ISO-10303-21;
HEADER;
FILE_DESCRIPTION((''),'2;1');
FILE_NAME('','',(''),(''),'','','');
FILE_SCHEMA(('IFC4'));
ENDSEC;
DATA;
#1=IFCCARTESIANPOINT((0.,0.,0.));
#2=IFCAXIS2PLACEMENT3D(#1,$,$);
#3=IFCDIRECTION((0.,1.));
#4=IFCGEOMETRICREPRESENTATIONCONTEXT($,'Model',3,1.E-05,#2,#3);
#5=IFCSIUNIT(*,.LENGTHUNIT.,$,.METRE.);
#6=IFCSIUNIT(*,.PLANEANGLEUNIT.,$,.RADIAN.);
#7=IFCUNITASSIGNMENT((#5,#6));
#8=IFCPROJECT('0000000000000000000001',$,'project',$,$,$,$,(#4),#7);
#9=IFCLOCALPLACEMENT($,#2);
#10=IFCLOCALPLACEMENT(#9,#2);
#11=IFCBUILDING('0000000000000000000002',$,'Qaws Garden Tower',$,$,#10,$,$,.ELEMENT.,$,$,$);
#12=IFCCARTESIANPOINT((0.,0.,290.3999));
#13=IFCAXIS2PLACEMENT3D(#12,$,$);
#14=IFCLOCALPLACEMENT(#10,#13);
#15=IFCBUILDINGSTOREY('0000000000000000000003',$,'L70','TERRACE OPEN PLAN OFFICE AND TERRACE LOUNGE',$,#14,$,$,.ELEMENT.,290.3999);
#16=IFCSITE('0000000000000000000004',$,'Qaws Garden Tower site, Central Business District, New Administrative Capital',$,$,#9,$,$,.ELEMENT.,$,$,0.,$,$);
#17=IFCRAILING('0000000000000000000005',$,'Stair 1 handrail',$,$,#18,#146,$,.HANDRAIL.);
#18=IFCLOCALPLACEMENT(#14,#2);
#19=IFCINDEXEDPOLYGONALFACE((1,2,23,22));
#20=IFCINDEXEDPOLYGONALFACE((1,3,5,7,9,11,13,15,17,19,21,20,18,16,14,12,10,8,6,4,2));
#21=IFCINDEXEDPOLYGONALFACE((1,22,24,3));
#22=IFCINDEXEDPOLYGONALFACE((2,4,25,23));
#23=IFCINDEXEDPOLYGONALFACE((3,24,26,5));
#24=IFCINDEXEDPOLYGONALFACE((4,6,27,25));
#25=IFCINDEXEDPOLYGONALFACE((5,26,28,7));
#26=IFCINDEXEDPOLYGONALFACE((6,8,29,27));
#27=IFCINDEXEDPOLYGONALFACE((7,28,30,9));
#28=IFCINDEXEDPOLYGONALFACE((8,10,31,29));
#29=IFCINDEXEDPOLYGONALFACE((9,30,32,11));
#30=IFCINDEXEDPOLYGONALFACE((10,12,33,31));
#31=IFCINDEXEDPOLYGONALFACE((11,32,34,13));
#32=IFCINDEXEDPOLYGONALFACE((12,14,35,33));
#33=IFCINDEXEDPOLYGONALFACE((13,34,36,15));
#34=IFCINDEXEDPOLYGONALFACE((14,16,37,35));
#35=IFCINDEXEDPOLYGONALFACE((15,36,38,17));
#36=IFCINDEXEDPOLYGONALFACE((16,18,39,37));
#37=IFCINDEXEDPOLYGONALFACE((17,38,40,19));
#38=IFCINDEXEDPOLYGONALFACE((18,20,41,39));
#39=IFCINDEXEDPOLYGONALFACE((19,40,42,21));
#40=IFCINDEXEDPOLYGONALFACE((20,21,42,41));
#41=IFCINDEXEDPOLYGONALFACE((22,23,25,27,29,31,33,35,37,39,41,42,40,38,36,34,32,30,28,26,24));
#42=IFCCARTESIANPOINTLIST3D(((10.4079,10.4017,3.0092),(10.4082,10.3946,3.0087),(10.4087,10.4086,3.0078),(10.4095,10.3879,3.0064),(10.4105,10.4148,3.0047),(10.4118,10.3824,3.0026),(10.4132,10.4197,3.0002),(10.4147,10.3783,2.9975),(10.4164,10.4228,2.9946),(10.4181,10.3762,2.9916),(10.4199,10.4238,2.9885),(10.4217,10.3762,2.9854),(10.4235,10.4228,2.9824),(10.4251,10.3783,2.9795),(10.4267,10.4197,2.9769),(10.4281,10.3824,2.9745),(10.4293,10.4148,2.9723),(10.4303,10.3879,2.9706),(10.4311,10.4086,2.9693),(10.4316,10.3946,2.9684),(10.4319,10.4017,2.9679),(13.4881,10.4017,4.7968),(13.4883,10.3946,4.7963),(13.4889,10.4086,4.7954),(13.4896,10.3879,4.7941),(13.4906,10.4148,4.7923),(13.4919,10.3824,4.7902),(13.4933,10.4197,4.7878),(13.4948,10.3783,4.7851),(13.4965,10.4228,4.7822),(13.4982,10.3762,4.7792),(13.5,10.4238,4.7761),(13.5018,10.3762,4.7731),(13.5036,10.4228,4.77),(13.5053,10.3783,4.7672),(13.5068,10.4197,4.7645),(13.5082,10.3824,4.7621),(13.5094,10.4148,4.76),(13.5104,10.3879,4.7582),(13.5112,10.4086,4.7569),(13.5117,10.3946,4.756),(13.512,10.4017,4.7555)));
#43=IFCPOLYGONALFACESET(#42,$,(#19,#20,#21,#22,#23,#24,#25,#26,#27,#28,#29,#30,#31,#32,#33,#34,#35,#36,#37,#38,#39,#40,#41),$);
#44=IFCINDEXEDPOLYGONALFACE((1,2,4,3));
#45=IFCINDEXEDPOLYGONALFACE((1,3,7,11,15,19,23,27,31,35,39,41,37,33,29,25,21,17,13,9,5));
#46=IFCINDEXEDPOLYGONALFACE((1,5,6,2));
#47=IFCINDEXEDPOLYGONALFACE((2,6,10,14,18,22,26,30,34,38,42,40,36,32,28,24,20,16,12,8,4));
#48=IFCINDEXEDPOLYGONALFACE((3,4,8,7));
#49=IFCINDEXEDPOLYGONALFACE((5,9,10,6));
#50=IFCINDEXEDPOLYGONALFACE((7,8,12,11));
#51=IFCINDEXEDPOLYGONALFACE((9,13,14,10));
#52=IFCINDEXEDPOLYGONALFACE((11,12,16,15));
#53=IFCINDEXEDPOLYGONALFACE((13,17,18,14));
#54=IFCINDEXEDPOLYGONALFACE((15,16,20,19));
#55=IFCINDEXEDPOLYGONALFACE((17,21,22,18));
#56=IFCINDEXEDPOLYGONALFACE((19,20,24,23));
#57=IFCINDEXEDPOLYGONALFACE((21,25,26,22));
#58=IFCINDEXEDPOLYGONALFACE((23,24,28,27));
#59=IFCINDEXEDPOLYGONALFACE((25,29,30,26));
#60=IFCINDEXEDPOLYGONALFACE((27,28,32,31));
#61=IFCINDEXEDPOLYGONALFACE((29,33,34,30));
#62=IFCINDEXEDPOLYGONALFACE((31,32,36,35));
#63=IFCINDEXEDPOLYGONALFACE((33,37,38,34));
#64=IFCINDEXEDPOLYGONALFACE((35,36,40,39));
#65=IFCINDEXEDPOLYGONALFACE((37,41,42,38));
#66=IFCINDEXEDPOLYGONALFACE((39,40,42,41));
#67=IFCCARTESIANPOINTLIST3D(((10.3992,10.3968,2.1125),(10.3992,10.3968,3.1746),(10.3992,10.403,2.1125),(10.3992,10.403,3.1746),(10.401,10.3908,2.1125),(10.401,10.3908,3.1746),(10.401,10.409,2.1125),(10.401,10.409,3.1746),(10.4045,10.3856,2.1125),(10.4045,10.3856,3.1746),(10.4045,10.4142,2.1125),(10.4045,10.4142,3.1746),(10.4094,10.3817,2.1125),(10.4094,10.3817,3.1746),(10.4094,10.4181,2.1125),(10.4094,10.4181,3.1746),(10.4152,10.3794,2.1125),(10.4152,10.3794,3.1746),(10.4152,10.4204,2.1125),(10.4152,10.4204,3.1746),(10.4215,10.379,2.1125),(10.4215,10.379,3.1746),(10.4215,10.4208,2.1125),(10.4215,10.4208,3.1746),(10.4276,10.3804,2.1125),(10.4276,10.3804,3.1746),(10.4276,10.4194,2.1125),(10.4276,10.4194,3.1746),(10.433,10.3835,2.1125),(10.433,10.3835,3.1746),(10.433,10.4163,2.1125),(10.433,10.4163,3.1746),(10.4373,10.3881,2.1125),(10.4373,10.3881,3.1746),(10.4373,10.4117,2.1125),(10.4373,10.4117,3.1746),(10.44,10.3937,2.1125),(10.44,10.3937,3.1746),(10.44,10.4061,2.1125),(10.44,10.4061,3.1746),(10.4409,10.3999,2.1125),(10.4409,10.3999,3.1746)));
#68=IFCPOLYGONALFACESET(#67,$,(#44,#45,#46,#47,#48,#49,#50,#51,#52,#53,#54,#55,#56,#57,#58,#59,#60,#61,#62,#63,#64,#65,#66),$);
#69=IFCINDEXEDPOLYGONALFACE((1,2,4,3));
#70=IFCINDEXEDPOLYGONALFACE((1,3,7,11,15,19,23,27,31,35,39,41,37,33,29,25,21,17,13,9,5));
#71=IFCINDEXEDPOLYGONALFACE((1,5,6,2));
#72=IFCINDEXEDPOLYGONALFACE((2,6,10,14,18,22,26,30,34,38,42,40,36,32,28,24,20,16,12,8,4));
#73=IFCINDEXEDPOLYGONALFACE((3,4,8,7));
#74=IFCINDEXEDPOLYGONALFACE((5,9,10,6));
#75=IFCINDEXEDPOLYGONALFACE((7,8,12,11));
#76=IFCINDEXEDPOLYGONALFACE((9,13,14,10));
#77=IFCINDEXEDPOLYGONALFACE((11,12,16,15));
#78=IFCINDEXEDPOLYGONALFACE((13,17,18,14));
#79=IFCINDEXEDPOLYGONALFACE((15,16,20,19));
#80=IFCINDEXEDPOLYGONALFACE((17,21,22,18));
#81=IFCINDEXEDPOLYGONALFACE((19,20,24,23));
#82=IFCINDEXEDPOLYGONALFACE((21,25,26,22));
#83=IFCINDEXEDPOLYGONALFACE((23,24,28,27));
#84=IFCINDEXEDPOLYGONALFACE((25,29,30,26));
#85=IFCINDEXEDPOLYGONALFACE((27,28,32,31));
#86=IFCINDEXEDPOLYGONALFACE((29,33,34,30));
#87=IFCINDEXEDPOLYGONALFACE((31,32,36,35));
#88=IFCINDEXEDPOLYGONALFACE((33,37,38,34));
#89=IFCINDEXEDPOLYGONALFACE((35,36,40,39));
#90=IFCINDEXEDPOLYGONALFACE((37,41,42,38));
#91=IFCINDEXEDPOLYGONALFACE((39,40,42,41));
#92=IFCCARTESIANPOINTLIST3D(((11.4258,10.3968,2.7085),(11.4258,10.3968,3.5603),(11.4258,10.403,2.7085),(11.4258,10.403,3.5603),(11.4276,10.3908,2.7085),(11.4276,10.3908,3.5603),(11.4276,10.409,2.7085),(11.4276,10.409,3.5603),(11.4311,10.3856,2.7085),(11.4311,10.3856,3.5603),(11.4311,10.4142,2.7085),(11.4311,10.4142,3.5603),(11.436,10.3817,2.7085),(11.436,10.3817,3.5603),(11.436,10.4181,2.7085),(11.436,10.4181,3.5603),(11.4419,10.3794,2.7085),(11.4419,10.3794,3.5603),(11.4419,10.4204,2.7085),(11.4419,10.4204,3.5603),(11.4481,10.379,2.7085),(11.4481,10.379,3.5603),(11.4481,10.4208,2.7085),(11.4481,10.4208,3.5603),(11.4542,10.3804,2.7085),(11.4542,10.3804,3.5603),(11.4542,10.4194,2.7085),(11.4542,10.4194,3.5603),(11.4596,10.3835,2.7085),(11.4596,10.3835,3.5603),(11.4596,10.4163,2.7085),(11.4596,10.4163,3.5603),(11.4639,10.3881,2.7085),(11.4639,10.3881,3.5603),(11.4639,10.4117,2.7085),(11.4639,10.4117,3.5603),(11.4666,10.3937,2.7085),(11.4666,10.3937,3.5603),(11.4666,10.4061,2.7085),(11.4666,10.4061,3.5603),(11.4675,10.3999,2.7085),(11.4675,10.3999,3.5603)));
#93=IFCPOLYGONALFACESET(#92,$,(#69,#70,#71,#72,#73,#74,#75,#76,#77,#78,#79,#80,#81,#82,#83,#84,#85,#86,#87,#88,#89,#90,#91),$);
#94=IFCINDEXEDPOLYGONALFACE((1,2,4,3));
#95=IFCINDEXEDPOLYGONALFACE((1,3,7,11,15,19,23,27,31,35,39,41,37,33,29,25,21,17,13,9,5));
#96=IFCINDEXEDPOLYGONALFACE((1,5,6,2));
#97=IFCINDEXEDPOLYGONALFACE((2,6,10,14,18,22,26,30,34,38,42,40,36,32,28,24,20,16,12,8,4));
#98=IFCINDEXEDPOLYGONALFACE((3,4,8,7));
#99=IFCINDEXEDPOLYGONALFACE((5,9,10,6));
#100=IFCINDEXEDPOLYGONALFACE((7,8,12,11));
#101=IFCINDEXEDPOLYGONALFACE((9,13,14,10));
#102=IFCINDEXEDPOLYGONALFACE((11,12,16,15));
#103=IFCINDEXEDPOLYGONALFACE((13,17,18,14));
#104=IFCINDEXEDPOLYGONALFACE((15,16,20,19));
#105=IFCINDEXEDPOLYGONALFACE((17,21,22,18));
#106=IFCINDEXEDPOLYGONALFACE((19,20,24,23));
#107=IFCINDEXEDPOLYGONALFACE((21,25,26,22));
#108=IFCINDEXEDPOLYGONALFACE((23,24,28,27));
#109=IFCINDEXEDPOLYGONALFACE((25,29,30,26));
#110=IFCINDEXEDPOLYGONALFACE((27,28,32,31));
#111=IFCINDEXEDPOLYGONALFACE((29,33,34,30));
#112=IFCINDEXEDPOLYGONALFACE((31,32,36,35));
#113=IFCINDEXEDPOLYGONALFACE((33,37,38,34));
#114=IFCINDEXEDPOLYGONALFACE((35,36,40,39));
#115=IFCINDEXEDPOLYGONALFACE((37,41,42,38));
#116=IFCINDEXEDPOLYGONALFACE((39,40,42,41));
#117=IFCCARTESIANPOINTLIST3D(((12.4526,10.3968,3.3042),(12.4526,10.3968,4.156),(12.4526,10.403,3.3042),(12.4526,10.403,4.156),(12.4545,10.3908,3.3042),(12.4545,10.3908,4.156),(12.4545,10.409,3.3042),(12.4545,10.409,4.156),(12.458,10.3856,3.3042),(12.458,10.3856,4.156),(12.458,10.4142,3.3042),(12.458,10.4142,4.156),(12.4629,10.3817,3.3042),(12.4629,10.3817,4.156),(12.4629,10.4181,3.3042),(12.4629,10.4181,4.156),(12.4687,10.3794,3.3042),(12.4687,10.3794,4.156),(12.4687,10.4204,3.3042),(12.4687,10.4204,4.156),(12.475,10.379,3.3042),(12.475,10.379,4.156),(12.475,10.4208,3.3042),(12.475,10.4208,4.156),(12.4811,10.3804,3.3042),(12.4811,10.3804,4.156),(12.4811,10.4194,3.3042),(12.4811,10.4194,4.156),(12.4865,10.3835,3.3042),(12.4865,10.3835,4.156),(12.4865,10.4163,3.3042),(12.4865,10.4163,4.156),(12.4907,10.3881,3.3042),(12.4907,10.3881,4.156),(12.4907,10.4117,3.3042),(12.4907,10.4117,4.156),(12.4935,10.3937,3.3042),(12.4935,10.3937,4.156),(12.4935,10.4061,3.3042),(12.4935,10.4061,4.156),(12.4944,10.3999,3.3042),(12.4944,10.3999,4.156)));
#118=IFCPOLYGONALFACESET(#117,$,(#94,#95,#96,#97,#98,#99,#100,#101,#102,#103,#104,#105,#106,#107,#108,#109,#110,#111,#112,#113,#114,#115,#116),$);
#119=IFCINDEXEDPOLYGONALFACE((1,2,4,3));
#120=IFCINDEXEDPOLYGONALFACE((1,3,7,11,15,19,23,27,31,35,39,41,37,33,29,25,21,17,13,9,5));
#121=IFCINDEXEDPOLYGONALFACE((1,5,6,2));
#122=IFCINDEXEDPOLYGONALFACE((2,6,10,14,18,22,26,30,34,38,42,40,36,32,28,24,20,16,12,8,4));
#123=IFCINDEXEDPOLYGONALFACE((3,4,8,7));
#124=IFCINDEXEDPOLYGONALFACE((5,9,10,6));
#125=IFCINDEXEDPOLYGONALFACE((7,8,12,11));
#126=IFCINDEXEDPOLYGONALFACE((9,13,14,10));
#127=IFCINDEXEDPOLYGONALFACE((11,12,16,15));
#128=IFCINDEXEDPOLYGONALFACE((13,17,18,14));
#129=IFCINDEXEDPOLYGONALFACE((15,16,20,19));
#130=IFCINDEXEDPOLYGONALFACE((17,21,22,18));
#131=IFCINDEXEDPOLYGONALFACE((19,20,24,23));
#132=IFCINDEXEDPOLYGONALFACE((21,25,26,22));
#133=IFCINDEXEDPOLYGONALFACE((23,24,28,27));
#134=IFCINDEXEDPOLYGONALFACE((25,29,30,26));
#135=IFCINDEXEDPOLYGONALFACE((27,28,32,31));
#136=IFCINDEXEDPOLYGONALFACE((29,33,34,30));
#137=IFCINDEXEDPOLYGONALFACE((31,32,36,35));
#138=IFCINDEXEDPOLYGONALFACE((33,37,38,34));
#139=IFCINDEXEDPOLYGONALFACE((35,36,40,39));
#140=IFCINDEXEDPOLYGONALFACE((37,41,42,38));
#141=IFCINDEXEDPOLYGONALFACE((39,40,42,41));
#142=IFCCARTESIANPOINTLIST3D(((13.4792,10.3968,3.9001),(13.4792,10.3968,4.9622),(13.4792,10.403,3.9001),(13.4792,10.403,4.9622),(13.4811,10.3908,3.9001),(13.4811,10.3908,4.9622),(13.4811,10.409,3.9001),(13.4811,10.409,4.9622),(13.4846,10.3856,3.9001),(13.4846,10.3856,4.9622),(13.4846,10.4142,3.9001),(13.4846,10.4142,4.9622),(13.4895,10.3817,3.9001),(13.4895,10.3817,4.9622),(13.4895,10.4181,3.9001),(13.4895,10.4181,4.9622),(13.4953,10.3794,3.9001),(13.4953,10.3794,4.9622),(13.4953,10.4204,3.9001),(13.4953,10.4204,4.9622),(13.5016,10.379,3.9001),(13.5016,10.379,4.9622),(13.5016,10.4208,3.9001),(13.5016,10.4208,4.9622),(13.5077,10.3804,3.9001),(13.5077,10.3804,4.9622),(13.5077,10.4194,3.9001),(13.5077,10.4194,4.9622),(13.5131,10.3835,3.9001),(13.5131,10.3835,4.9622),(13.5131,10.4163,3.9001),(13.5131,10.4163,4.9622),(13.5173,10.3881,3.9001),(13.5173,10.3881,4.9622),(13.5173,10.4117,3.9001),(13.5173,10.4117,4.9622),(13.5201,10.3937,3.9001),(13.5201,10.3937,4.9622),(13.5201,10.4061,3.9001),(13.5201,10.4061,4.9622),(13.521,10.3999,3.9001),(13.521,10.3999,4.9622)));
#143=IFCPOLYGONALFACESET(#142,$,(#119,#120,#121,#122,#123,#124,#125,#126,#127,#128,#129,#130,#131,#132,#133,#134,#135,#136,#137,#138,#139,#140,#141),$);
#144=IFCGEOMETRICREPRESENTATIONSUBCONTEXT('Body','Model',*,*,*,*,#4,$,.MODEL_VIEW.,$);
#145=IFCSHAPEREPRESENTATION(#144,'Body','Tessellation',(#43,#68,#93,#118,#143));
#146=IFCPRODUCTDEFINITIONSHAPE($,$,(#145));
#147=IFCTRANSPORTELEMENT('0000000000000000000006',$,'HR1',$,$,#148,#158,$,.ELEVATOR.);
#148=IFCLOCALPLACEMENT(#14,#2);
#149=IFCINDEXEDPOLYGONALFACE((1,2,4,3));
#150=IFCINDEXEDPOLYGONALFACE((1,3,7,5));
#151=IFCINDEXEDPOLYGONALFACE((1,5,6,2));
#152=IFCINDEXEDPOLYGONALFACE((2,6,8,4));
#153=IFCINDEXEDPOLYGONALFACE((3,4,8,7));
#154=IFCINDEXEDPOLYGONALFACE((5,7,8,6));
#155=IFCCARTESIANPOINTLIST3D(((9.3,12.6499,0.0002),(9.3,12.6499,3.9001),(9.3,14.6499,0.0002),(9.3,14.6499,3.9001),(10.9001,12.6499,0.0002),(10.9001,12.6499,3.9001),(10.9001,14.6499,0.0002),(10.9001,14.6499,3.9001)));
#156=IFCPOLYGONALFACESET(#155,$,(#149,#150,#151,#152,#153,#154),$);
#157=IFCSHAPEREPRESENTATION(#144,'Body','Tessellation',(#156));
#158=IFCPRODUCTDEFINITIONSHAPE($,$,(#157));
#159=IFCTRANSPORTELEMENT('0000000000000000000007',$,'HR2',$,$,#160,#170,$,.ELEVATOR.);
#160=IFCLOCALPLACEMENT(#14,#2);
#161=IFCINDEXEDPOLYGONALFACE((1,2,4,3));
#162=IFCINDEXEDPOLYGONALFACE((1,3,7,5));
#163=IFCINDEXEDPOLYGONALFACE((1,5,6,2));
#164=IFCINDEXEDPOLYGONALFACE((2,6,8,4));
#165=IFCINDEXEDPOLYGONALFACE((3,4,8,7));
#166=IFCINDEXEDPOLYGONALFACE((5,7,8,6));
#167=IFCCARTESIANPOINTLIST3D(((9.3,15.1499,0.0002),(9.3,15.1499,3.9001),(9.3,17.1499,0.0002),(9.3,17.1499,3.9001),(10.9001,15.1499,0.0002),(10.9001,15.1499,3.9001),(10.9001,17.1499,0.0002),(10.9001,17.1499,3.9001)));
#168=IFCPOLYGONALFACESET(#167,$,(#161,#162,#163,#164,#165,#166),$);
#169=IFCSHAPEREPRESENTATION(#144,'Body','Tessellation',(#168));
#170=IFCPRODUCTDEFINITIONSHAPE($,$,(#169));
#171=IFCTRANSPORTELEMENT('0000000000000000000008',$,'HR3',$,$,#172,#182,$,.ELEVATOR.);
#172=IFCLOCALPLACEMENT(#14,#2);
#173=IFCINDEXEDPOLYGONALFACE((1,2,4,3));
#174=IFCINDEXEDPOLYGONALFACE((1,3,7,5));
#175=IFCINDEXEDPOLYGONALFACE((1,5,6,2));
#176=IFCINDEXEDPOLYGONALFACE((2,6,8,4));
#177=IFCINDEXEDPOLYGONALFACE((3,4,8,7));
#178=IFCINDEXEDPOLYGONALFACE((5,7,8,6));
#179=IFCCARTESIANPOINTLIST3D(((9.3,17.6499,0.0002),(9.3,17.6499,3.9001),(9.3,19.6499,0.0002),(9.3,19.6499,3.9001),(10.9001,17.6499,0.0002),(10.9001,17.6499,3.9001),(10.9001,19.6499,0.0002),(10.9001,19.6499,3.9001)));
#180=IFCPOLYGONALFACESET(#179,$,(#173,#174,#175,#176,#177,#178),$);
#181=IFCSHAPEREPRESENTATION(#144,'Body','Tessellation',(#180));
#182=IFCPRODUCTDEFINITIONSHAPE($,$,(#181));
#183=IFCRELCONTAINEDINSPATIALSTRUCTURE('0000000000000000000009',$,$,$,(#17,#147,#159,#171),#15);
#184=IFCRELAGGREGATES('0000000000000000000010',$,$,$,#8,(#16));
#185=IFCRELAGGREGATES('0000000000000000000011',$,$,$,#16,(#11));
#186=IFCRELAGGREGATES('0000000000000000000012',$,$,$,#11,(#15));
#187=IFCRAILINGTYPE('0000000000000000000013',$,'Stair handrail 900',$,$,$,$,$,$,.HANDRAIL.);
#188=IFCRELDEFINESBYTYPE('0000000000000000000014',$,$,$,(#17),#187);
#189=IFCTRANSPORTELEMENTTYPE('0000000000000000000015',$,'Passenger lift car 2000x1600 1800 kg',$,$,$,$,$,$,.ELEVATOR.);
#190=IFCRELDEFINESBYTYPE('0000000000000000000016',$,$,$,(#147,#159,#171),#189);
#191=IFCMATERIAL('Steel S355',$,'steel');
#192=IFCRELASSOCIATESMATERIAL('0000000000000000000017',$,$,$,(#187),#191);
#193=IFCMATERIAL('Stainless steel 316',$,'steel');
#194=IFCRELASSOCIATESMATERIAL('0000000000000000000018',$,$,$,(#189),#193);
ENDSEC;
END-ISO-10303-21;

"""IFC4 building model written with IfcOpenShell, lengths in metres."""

from ifc_helpers import new_model, si_unit, direction, frame, origin, origin_2d, place, context, subcontext, project, spatial, rectangle, circle, extrude, material, type_object, element, save


model = new_model("IFC4")

# Units and contexts
model_context = context("Model", 3, precision=1e-05, world=origin(), true_north=direction((0.0, 1.0)))
body_context = subcontext(model_context, "Body", "Model", "MODEL_VIEW")
ifc_project = project(units=[si_unit("LENGTHUNIT", "METRE"), si_unit("PLANEANGLEUNIT", "RADIAN")], contexts=[model_context])

# Site, building, storey
site_placement = place(None, origin())
site = spatial("IfcSite", under=ifc_project, at=site_placement, Name="Qaws Garden Tower site, Central Business District, New Administrative Capital", CompositionType="ELEMENT", RefElevation=0.0)
building_placement = place(site_placement, origin())
building = spatial("IfcBuilding", under=site, at=building_placement, Name="Qaws Garden Tower", CompositionType="ELEMENT")
storey_placement = place(building_placement, frame((0.0, 0.0, 290.3999)))
storey = spatial("IfcBuildingStorey", under=building, at=storey_placement, Name="L70", Description="TERRACE OPEN PLAN OFFICE AND TERRACE LOUNGE", CompositionType="ELEMENT", Elevation=290.3999)

# Railing
ifc_material_1 = material(Name="Steel S355", Category="steel")
railing_type = type_object("IfcRailingType", Name="Stair handrail 900", PredefinedType="HANDRAIL", material=ifc_material_1)
railing_placement = place(storey_placement, frame((10.4199, 10.3999, 2.1125)))
element("IfcRailing", 1, at=railing_placement, inside=storey, type_object=railing_type, Name="Stair 1 handrail", PredefinedType="HANDRAIL", context=body_context, shape_type="SweptSolid", body=[
    extrude(circle(Radius=0.0239, at=origin_2d()), frame((0.0, 0.0, 0.876), z_axis=(0.864891, 0.0, 0.50196), x_axis=(0.0, 1.0, 0.0)), (0.0, 0.0, 1.0), 3.5613),
    extrude(circle(Radius=0.021, at=origin_2d()), origin(), (0.0, 0.0, 1.0), 1.062),
    extrude(circle(Radius=0.021, at=origin_2d()), frame((1.0266, 0.0, 0.5959)), (0.0, 0.0, 1.0), 0.8518),
    extrude(circle(Radius=0.021, at=origin_2d()), frame((2.0535, 0.0, 1.1917)), (0.0, 0.0, 1.0), 0.8518),
    extrude(circle(Radius=0.021, at=origin_2d()), frame((3.0801, 0.0, 1.7876)), (0.0, 0.0, 1.0), 1.062),
])

# Transport elements
ifc_material_2 = material(Name="Stainless steel 316", Category="steel")
transport_element_type = type_object("IfcTransportElementType", Name="Passenger lift car 2000x1600 1800 kg", PredefinedType="ELEVATOR", material=ifc_material_2)
for number, where, z_axis, x_axis, name in (
    (2, (10.1001, 13.6499, 0.0002), (0.0, 0.0, 1.0), (1.0, 0.0, 0.0), "HR1"),
    (3, (10.1001, 16.1499, 0.0002), (0.0, 0.0, 1.0), (1.0, 0.0, 0.0), "HR2"),
    (4, (10.1001, 18.6499, 0.0002), (0.0, 0.0, 1.0), (1.0, 0.0, 0.0), "HR3"),
):
    element("IfcTransportElement", number, at=place(storey_placement, frame(where, z_axis=z_axis, x_axis=x_axis)), inside=storey, type_object=transport_element_type, Name=name, PredefinedType="ELEVATOR", context=body_context, shape_type="SweptSolid", body=[
        extrude(rectangle(XDim=1.6001, YDim=2.0, at=origin_2d()), origin(), (0.0, 0.0, 1.0), 3.8999),
    ])

save(model, "model.ifc")
